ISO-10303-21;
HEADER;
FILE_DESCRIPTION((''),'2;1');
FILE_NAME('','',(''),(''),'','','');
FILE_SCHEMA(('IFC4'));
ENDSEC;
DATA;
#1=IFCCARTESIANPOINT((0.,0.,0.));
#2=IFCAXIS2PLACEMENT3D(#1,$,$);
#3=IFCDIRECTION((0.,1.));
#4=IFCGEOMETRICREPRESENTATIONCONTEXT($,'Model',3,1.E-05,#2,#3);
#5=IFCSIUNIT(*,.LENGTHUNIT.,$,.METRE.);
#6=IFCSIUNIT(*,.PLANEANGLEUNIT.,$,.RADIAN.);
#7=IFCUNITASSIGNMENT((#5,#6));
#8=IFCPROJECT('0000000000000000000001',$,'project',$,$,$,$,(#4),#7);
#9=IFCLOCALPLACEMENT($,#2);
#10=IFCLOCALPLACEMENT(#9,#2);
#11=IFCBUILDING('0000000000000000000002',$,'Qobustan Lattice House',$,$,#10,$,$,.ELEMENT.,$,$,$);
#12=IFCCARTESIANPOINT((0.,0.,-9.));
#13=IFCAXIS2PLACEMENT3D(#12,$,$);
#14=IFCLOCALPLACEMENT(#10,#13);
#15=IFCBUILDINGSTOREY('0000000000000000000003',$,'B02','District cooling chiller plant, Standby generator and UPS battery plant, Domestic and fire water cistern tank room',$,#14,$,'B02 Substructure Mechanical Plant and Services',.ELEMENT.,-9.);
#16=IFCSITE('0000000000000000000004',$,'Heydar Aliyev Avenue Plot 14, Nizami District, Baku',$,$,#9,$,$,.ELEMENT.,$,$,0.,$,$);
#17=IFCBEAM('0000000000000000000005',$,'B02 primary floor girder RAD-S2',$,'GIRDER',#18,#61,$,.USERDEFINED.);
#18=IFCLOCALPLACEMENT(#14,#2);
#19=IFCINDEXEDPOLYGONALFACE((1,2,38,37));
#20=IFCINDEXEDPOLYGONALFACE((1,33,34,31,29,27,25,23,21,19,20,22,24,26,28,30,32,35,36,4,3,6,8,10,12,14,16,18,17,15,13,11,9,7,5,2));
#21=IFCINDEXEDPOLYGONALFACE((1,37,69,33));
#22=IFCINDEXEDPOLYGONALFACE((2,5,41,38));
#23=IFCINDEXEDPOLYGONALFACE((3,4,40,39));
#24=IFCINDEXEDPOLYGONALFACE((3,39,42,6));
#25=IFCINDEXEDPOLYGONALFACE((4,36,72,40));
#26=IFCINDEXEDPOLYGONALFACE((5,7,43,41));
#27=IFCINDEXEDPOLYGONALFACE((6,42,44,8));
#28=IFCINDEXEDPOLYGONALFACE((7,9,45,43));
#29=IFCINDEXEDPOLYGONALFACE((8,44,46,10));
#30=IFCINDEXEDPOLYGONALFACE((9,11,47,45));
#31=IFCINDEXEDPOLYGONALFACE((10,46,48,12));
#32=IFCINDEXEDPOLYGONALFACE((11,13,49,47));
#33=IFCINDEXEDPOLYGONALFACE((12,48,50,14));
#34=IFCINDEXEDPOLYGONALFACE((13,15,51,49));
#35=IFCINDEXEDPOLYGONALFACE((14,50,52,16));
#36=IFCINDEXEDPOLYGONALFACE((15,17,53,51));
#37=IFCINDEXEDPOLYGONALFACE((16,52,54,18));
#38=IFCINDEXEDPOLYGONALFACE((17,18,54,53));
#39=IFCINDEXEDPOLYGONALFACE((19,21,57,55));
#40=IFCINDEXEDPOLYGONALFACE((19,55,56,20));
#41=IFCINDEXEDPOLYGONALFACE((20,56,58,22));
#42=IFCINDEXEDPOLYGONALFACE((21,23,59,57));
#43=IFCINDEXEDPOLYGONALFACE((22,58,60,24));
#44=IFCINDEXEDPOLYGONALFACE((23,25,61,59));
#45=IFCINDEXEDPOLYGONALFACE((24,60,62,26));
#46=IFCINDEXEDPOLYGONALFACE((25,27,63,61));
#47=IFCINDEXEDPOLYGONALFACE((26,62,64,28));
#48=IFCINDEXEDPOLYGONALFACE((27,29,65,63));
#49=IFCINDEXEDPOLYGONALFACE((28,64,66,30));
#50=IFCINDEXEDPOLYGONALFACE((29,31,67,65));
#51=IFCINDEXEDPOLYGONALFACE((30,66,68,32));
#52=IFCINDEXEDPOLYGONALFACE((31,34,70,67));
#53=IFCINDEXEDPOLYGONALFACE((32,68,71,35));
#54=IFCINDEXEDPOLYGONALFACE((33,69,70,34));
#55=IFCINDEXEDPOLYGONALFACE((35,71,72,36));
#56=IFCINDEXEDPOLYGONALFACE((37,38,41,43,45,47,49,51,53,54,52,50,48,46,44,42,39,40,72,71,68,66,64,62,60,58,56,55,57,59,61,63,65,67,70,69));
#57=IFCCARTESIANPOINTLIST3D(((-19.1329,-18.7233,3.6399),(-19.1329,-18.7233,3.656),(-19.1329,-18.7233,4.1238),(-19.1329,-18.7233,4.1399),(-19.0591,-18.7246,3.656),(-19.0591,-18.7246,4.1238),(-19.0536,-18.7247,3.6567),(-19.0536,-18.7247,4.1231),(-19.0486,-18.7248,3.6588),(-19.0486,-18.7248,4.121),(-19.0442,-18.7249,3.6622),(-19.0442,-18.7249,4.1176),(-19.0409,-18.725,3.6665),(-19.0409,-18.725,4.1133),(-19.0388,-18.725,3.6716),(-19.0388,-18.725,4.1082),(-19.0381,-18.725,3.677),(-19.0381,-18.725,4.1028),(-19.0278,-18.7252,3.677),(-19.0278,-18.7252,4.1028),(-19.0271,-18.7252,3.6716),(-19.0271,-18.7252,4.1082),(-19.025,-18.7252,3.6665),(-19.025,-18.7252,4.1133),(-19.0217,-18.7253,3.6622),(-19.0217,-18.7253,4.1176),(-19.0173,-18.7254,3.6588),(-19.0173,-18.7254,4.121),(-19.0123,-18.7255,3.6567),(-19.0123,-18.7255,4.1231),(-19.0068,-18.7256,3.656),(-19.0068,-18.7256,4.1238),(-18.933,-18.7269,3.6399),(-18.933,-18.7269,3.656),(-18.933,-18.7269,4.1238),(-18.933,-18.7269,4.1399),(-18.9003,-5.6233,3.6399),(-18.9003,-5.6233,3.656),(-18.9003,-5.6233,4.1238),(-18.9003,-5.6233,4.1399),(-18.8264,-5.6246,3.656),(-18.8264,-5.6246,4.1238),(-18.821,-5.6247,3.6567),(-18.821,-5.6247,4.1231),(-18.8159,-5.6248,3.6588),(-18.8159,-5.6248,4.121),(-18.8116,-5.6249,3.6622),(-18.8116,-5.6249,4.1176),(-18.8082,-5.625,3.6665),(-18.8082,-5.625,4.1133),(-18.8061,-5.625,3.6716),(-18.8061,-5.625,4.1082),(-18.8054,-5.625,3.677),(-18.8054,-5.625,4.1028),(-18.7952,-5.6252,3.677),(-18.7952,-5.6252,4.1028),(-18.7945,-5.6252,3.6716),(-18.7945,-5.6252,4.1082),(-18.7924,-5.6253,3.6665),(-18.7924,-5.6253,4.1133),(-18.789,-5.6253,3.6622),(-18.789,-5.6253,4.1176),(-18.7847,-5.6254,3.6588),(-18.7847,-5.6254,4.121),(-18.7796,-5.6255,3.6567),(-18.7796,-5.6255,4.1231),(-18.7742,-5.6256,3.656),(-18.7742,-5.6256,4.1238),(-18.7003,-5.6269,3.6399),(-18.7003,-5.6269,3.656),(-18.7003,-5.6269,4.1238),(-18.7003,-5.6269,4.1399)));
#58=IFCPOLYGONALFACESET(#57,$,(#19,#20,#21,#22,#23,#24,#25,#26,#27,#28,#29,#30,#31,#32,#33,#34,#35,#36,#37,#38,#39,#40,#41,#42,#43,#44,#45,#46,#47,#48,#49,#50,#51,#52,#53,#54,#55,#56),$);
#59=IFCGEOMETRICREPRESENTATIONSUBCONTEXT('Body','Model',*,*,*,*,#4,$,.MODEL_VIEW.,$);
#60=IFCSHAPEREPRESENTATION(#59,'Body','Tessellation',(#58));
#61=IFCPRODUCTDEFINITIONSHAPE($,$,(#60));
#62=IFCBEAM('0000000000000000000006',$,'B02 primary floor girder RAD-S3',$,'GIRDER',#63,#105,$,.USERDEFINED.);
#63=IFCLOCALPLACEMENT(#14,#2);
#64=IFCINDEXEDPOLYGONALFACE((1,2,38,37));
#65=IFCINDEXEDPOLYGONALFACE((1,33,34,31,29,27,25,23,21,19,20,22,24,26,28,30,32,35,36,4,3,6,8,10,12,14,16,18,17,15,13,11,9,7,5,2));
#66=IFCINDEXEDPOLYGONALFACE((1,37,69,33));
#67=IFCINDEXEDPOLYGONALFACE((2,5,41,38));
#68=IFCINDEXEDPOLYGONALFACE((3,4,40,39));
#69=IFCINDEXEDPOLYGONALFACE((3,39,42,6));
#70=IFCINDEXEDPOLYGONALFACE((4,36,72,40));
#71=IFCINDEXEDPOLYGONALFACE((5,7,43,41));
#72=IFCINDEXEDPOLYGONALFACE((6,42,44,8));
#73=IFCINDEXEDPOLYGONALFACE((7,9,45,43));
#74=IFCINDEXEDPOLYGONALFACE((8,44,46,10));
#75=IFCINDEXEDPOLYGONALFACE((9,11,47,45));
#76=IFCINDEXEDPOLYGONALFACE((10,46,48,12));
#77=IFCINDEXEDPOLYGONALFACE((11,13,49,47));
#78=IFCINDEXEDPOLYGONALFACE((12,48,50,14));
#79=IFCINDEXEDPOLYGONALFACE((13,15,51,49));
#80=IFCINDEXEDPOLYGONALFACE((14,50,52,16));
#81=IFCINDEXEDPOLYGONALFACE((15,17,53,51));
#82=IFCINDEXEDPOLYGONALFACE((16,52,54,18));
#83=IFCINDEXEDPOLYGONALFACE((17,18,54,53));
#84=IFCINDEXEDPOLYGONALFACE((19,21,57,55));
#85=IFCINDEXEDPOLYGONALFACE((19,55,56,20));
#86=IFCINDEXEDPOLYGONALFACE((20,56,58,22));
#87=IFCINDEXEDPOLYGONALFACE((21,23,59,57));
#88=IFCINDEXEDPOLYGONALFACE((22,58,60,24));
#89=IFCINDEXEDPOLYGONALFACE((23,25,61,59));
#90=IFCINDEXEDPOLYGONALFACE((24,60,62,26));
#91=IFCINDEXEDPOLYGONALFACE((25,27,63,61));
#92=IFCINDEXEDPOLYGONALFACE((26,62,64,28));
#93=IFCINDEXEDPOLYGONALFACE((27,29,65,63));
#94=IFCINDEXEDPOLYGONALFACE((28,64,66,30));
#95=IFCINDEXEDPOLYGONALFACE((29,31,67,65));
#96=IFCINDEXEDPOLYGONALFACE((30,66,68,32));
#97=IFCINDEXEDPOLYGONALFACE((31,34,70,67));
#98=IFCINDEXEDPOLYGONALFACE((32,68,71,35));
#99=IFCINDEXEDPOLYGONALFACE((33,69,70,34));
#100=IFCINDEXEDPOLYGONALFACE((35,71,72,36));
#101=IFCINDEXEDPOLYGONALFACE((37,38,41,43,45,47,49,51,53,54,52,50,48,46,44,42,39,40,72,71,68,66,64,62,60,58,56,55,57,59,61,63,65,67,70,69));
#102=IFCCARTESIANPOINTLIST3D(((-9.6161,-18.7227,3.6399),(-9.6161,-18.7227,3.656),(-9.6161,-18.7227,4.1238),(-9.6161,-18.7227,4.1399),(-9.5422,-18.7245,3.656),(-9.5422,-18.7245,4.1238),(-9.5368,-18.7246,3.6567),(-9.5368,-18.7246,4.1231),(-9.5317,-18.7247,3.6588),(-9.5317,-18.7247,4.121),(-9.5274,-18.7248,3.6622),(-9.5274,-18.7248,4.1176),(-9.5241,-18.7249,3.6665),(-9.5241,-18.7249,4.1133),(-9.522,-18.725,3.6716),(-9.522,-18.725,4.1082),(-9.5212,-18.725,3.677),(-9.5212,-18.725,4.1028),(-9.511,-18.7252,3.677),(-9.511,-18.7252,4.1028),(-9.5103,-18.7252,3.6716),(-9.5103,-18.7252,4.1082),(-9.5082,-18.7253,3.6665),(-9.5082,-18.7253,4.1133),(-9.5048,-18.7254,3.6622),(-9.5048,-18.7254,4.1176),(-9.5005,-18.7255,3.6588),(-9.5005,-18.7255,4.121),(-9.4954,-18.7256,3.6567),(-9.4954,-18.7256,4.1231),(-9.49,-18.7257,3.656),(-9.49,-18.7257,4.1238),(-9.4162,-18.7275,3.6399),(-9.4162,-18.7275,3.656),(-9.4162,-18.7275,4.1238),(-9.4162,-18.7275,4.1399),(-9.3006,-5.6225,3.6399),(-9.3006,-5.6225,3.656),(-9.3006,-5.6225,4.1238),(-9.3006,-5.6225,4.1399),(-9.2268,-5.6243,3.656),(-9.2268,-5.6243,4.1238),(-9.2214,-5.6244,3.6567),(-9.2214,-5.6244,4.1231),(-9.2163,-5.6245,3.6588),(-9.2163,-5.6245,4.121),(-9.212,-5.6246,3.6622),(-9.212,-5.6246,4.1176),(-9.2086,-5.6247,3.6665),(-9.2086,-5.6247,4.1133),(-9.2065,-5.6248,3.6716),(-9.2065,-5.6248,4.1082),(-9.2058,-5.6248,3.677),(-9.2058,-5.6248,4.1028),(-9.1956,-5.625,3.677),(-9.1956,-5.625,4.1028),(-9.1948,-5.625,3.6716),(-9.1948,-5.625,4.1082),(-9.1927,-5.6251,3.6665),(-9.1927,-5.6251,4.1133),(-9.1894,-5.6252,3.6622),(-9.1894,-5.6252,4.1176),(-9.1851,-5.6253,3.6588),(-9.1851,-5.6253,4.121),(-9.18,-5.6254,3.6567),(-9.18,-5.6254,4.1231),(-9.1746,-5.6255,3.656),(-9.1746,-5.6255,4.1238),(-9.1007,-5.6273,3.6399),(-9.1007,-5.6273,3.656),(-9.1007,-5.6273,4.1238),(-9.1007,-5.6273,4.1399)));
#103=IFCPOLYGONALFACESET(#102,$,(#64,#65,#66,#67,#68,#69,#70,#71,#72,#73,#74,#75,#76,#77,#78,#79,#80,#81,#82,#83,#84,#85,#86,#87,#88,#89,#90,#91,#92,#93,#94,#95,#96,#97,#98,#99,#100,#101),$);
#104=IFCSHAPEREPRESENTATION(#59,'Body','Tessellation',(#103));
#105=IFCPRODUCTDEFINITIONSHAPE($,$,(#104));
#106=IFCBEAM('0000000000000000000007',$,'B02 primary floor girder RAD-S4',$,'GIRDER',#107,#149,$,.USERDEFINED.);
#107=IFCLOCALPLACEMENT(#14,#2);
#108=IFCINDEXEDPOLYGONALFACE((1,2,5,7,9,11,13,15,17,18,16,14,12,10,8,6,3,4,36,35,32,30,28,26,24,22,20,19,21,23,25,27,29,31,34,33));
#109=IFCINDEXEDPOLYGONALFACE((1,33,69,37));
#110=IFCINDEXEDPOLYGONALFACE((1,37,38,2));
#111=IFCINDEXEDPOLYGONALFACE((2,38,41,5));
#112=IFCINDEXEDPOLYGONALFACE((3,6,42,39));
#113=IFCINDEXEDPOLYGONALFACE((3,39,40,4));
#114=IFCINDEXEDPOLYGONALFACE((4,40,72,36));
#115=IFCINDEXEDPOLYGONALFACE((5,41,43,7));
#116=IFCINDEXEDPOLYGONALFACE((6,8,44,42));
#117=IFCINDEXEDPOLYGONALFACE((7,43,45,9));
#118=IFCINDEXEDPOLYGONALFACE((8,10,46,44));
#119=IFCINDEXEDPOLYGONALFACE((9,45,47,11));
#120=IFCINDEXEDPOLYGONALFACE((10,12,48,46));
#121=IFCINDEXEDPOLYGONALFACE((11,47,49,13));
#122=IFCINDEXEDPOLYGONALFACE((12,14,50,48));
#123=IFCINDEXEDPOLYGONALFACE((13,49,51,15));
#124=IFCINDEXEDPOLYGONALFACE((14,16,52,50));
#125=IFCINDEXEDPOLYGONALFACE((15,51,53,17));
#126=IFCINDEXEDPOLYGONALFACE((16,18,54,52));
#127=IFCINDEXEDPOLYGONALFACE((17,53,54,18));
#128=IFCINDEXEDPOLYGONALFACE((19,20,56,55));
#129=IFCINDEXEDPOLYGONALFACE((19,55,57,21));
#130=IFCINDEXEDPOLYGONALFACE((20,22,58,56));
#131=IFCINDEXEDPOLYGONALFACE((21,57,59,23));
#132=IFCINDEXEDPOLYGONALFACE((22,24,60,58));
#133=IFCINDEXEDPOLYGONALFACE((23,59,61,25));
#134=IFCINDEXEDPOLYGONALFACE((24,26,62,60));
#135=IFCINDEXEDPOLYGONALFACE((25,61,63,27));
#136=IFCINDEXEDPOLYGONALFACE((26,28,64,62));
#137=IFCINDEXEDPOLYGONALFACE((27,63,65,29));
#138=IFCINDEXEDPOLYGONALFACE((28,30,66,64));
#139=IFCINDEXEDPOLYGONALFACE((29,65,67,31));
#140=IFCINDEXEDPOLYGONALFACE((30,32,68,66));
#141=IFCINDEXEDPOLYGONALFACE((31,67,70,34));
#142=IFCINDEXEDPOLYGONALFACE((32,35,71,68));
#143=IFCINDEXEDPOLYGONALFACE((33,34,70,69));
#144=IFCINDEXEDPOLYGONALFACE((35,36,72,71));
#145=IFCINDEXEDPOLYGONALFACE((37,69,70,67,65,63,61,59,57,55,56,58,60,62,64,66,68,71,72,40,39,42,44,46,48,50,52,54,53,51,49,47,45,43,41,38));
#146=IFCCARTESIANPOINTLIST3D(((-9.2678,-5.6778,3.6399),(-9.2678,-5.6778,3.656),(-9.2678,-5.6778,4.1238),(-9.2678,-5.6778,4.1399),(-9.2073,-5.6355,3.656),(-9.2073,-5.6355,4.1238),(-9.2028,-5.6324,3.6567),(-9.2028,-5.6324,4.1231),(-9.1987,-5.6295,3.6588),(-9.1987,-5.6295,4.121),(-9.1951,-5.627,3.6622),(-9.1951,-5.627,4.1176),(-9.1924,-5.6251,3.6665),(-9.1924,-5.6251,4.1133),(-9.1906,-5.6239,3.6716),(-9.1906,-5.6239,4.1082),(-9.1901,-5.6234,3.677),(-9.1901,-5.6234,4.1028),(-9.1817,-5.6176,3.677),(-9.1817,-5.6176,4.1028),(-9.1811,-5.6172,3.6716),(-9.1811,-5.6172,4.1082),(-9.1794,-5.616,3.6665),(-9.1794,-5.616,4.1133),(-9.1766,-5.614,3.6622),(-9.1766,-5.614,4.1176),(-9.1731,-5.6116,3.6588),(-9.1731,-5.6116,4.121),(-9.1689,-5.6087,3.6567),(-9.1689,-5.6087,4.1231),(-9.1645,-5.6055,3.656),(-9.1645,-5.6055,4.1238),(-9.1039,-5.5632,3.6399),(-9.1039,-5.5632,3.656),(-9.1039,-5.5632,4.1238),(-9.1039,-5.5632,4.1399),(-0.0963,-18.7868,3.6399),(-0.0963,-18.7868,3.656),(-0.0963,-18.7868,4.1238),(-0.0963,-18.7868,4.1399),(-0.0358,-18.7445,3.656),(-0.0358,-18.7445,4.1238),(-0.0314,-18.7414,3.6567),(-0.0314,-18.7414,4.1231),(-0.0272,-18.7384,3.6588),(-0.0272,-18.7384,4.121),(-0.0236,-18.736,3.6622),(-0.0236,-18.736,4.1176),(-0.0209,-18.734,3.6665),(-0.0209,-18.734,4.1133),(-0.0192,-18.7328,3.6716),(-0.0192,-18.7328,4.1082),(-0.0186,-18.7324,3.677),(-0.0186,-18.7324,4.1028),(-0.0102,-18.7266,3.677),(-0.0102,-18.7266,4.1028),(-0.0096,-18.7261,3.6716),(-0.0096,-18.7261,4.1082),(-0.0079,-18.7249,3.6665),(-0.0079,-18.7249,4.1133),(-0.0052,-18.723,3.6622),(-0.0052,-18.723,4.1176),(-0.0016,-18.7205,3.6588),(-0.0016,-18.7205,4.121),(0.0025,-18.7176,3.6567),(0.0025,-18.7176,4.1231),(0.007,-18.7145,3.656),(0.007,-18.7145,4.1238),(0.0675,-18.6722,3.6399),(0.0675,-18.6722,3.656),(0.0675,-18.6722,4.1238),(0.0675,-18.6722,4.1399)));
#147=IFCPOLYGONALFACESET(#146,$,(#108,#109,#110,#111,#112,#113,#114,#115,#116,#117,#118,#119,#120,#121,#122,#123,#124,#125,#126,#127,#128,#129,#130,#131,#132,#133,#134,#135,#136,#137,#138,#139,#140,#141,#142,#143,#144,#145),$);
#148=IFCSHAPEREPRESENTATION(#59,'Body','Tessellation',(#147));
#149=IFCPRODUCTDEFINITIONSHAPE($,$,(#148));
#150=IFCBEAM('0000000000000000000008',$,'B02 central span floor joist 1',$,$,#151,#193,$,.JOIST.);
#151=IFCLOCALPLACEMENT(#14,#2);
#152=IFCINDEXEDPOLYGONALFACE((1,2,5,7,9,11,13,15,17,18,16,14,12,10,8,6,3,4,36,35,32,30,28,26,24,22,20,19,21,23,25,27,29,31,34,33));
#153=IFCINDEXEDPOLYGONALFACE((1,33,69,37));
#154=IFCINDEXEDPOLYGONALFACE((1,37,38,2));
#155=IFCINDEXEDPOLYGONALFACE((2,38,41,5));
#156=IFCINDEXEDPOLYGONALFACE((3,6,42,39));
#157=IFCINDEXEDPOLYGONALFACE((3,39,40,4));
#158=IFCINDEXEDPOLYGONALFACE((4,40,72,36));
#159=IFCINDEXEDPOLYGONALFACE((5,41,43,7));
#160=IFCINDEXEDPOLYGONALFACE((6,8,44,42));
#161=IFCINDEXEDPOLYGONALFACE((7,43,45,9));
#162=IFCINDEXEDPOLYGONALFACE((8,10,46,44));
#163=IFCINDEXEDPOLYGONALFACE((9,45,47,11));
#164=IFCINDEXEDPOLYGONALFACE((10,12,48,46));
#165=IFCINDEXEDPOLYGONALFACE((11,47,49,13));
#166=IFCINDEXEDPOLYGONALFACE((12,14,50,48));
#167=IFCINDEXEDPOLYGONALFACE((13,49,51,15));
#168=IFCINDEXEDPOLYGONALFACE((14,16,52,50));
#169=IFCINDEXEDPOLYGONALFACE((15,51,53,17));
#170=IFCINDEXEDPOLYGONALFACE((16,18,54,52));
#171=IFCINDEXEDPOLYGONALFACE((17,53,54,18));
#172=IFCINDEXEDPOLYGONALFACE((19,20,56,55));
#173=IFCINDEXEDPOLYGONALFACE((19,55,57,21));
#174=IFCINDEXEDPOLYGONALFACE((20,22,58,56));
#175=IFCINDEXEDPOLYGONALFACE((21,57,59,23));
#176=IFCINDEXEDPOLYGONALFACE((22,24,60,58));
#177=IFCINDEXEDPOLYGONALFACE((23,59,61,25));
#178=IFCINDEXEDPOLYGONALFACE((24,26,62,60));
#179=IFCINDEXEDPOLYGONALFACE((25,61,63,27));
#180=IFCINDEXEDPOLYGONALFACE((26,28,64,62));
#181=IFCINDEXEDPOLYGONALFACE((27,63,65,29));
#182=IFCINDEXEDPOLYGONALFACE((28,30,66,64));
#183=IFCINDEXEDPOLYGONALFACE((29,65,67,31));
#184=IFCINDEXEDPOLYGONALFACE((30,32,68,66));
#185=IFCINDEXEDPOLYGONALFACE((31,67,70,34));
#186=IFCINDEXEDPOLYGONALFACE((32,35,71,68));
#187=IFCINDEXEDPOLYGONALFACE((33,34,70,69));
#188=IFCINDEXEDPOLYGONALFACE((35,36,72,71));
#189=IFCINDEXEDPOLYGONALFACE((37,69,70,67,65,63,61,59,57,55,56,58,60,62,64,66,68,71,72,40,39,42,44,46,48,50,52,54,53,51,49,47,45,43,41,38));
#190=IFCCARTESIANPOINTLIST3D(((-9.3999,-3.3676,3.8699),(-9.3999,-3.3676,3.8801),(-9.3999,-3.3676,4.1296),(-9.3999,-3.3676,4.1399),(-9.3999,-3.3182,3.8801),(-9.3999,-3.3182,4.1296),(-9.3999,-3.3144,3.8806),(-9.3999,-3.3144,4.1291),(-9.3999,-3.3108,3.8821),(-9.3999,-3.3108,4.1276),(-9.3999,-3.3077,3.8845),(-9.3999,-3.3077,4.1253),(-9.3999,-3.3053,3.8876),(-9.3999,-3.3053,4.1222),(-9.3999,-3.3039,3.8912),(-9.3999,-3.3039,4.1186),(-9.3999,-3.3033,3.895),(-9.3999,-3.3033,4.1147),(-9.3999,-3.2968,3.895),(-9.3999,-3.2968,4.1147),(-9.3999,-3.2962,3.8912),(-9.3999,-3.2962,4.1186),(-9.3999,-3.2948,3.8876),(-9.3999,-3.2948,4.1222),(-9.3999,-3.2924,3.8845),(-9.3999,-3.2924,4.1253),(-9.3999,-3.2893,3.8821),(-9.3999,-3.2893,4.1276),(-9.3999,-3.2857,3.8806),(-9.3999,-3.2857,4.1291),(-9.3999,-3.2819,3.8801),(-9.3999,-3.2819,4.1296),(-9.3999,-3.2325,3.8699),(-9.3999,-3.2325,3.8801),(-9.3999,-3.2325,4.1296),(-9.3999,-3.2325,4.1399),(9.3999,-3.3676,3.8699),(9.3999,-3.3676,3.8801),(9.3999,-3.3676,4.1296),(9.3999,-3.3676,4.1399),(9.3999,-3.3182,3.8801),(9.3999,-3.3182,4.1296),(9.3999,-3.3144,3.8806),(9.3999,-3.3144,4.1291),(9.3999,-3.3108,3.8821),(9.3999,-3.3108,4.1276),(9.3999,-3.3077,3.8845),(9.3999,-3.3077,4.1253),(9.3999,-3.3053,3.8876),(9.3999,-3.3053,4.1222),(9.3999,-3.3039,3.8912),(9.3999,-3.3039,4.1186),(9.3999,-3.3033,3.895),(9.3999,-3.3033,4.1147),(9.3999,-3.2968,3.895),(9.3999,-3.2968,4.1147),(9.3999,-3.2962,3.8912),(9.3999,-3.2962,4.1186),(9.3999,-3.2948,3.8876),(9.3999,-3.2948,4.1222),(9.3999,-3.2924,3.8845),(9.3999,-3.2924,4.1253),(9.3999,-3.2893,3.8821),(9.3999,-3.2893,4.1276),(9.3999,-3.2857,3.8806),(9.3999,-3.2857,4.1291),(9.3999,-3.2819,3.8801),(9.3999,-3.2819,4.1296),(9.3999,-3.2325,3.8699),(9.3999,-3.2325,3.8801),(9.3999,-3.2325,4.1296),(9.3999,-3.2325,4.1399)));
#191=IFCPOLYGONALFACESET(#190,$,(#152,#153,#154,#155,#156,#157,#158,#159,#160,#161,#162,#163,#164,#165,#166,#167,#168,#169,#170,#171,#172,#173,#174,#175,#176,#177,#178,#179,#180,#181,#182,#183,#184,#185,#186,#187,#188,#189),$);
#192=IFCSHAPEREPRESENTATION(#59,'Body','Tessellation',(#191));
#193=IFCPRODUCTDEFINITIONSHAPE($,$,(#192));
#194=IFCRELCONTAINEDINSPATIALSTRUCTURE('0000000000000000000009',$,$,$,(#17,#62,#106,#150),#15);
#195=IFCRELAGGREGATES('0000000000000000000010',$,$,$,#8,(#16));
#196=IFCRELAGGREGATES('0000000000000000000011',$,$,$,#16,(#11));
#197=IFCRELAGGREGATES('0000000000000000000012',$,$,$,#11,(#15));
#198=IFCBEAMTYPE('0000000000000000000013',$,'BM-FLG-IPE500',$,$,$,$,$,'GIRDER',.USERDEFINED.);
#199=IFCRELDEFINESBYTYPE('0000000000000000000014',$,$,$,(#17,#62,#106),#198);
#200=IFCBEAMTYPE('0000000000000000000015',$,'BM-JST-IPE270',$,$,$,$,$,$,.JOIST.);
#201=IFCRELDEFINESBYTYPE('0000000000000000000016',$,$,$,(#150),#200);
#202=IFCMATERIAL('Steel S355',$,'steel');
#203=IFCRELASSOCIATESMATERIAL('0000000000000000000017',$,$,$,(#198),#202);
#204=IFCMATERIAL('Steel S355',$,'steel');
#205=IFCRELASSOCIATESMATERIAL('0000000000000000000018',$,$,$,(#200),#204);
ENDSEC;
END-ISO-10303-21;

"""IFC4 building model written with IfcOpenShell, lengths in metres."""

from ifc_helpers import new_model, si_unit, direction, frame, origin, origin_2d, place, context, subcontext, project, spatial, i_section, extrude, material, material_profile, profile_set, type_object, element, save


model = new_model("IFC4")

# Units and contexts
model_context = context("Model", 3, precision=1e-05, world=origin(), true_north=direction((0.0, 1.0)))
body_context = subcontext(model_context, "Body", "Model", "MODEL_VIEW")
ifc_project = project(units=[si_unit("LENGTHUNIT", "METRE"), si_unit("PLANEANGLEUNIT", "RADIAN")], contexts=[model_context])

# Site, building, storey
site_placement = place(None, origin())
site = spatial("IfcSite", under=ifc_project, at=site_placement, Name="Heydar Aliyev Avenue Plot 14, Nizami District, Baku", CompositionType="ELEMENT", RefElevation=0.0)
building_placement = place(site_placement, origin())
building = spatial("IfcBuilding", under=site, at=building_placement, Name="Qobustan Lattice House", CompositionType="ELEMENT")
storey_placement = place(building_placement, frame((0.0, 0.0, -9.0)))
storey = spatial("IfcBuildingStorey", under=building, at=storey_placement, Name="B02", Description="District cooling chiller plant, Standby generator and UPS battery plant, Domestic and fire water cistern tank room", LongName="B02 Substructure Mechanical Plant and Services", CompositionType="ELEMENT", Elevation=-9.0)

# Beams
ifc_material_1 = material(Name="Steel S355", Category="steel")
ifc_material_profile_1 = material_profile(ifc_material_1, i_section(OverallWidth=0.2, OverallDepth=0.5, WebThickness=0.0103, FlangeThickness=0.0161, FilletRadius=0.021, at=origin_2d()), Name="IPE500")
ifc_profile_set_1 = profile_set([ifc_material_profile_1], Name="Steel S355")
beam_type_1 = type_object("IfcBeamType", Name="BM-FLG-IPE500", ElementType="GIRDER", PredefinedType="USERDEFINED", material=ifc_profile_set_1)
beam_1_placement = place(storey_placement, frame((-19.033, -18.7251, 3.8899), z_axis=(0.017758, 0.999842, 0.0), x_axis=(-0.999842, 0.017758, 0.0)))
element("IfcBeam", 1, at=beam_1_placement, inside=storey, type_object=beam_type_1, Name="B02 primary floor girder RAD-S2", ObjectType="GIRDER", PredefinedType="USERDEFINED", context=body_context, shape_type="SweptSolid", body=[
    extrude(i_section(OverallWidth=0.2, OverallDepth=0.5, WebThickness=0.0103, FlangeThickness=0.0161, FilletRadius=0.021, at=origin_2d()), origin(), (0.0, 0.0, 1.0), 13.1021),
])
beam_2_placement = place(storey_placement, frame((-9.5161, -18.7251, 3.8899), z_axis=(0.024071, 0.99971, 0.0), x_axis=(-0.99971, 0.024071, 0.0)))
element("IfcBeam", 2, at=beam_2_placement, inside=storey, type_object=beam_type_1, Name="B02 primary floor girder RAD-S3", ObjectType="GIRDER", PredefinedType="USERDEFINED", context=body_context, shape_type="SweptSolid", body=[
    extrude(i_section(OverallWidth=0.2, OverallDepth=0.5, WebThickness=0.0103, FlangeThickness=0.0161, FilletRadius=0.021, at=origin_2d()), origin(), (0.0, 0.0, 1.0), 13.104),
])
beam_3_placement = place(storey_placement, frame((-0.0144, -18.7295, 3.8899), z_axis=(-0.57326, 0.819374, 0.0), x_axis=(-0.819374, -0.57326, 0.0)))
element("IfcBeam", 3, at=beam_3_placement, inside=storey, type_object=beam_type_1, Name="B02 primary floor girder RAD-S4", ObjectType="GIRDER", PredefinedType="USERDEFINED", context=body_context, shape_type="SweptSolid", body=[
    extrude(i_section(OverallWidth=0.2, OverallDepth=0.5, WebThickness=0.0103, FlangeThickness=0.0161, FilletRadius=0.021, at=origin_2d()), origin(), (0.0, 0.0, 1.0), 15.9988),
])
ifc_material_2 = material(Name="Steel S355", Category="steel")
ifc_material_profile_2 = material_profile(ifc_material_2, i_section(OverallWidth=0.135, OverallDepth=0.27, WebThickness=0.0066, FlangeThickness=0.0103, FilletRadius=0.0149, at=origin_2d()), Name="IPE270")
ifc_profile_set_2 = profile_set([ifc_material_profile_2], Name="Steel S355")
beam_type_2 = type_object("IfcBeamType", Name="BM-JST-IPE270", PredefinedType="JOIST", material=ifc_profile_set_2)
beam_4_placement = place(storey_placement, frame((-9.3999, -3.3, 4.0049), z_axis=(1.0, 0.0, 0.0), x_axis=(0.0, 1.0, 0.0)))
element("IfcBeam", 4, at=beam_4_placement, inside=storey, type_object=beam_type_2, Name="B02 central span floor joist 1", PredefinedType="JOIST", context=body_context, shape_type="SweptSolid", body=[
    extrude(i_section(OverallWidth=0.135, OverallDepth=0.27, WebThickness=0.0066, FlangeThickness=0.0103, FilletRadius=0.0149, at=origin_2d()), origin(), (0.0, 0.0, 1.0), 18.7998),
])

save(model, "model.ifc")
